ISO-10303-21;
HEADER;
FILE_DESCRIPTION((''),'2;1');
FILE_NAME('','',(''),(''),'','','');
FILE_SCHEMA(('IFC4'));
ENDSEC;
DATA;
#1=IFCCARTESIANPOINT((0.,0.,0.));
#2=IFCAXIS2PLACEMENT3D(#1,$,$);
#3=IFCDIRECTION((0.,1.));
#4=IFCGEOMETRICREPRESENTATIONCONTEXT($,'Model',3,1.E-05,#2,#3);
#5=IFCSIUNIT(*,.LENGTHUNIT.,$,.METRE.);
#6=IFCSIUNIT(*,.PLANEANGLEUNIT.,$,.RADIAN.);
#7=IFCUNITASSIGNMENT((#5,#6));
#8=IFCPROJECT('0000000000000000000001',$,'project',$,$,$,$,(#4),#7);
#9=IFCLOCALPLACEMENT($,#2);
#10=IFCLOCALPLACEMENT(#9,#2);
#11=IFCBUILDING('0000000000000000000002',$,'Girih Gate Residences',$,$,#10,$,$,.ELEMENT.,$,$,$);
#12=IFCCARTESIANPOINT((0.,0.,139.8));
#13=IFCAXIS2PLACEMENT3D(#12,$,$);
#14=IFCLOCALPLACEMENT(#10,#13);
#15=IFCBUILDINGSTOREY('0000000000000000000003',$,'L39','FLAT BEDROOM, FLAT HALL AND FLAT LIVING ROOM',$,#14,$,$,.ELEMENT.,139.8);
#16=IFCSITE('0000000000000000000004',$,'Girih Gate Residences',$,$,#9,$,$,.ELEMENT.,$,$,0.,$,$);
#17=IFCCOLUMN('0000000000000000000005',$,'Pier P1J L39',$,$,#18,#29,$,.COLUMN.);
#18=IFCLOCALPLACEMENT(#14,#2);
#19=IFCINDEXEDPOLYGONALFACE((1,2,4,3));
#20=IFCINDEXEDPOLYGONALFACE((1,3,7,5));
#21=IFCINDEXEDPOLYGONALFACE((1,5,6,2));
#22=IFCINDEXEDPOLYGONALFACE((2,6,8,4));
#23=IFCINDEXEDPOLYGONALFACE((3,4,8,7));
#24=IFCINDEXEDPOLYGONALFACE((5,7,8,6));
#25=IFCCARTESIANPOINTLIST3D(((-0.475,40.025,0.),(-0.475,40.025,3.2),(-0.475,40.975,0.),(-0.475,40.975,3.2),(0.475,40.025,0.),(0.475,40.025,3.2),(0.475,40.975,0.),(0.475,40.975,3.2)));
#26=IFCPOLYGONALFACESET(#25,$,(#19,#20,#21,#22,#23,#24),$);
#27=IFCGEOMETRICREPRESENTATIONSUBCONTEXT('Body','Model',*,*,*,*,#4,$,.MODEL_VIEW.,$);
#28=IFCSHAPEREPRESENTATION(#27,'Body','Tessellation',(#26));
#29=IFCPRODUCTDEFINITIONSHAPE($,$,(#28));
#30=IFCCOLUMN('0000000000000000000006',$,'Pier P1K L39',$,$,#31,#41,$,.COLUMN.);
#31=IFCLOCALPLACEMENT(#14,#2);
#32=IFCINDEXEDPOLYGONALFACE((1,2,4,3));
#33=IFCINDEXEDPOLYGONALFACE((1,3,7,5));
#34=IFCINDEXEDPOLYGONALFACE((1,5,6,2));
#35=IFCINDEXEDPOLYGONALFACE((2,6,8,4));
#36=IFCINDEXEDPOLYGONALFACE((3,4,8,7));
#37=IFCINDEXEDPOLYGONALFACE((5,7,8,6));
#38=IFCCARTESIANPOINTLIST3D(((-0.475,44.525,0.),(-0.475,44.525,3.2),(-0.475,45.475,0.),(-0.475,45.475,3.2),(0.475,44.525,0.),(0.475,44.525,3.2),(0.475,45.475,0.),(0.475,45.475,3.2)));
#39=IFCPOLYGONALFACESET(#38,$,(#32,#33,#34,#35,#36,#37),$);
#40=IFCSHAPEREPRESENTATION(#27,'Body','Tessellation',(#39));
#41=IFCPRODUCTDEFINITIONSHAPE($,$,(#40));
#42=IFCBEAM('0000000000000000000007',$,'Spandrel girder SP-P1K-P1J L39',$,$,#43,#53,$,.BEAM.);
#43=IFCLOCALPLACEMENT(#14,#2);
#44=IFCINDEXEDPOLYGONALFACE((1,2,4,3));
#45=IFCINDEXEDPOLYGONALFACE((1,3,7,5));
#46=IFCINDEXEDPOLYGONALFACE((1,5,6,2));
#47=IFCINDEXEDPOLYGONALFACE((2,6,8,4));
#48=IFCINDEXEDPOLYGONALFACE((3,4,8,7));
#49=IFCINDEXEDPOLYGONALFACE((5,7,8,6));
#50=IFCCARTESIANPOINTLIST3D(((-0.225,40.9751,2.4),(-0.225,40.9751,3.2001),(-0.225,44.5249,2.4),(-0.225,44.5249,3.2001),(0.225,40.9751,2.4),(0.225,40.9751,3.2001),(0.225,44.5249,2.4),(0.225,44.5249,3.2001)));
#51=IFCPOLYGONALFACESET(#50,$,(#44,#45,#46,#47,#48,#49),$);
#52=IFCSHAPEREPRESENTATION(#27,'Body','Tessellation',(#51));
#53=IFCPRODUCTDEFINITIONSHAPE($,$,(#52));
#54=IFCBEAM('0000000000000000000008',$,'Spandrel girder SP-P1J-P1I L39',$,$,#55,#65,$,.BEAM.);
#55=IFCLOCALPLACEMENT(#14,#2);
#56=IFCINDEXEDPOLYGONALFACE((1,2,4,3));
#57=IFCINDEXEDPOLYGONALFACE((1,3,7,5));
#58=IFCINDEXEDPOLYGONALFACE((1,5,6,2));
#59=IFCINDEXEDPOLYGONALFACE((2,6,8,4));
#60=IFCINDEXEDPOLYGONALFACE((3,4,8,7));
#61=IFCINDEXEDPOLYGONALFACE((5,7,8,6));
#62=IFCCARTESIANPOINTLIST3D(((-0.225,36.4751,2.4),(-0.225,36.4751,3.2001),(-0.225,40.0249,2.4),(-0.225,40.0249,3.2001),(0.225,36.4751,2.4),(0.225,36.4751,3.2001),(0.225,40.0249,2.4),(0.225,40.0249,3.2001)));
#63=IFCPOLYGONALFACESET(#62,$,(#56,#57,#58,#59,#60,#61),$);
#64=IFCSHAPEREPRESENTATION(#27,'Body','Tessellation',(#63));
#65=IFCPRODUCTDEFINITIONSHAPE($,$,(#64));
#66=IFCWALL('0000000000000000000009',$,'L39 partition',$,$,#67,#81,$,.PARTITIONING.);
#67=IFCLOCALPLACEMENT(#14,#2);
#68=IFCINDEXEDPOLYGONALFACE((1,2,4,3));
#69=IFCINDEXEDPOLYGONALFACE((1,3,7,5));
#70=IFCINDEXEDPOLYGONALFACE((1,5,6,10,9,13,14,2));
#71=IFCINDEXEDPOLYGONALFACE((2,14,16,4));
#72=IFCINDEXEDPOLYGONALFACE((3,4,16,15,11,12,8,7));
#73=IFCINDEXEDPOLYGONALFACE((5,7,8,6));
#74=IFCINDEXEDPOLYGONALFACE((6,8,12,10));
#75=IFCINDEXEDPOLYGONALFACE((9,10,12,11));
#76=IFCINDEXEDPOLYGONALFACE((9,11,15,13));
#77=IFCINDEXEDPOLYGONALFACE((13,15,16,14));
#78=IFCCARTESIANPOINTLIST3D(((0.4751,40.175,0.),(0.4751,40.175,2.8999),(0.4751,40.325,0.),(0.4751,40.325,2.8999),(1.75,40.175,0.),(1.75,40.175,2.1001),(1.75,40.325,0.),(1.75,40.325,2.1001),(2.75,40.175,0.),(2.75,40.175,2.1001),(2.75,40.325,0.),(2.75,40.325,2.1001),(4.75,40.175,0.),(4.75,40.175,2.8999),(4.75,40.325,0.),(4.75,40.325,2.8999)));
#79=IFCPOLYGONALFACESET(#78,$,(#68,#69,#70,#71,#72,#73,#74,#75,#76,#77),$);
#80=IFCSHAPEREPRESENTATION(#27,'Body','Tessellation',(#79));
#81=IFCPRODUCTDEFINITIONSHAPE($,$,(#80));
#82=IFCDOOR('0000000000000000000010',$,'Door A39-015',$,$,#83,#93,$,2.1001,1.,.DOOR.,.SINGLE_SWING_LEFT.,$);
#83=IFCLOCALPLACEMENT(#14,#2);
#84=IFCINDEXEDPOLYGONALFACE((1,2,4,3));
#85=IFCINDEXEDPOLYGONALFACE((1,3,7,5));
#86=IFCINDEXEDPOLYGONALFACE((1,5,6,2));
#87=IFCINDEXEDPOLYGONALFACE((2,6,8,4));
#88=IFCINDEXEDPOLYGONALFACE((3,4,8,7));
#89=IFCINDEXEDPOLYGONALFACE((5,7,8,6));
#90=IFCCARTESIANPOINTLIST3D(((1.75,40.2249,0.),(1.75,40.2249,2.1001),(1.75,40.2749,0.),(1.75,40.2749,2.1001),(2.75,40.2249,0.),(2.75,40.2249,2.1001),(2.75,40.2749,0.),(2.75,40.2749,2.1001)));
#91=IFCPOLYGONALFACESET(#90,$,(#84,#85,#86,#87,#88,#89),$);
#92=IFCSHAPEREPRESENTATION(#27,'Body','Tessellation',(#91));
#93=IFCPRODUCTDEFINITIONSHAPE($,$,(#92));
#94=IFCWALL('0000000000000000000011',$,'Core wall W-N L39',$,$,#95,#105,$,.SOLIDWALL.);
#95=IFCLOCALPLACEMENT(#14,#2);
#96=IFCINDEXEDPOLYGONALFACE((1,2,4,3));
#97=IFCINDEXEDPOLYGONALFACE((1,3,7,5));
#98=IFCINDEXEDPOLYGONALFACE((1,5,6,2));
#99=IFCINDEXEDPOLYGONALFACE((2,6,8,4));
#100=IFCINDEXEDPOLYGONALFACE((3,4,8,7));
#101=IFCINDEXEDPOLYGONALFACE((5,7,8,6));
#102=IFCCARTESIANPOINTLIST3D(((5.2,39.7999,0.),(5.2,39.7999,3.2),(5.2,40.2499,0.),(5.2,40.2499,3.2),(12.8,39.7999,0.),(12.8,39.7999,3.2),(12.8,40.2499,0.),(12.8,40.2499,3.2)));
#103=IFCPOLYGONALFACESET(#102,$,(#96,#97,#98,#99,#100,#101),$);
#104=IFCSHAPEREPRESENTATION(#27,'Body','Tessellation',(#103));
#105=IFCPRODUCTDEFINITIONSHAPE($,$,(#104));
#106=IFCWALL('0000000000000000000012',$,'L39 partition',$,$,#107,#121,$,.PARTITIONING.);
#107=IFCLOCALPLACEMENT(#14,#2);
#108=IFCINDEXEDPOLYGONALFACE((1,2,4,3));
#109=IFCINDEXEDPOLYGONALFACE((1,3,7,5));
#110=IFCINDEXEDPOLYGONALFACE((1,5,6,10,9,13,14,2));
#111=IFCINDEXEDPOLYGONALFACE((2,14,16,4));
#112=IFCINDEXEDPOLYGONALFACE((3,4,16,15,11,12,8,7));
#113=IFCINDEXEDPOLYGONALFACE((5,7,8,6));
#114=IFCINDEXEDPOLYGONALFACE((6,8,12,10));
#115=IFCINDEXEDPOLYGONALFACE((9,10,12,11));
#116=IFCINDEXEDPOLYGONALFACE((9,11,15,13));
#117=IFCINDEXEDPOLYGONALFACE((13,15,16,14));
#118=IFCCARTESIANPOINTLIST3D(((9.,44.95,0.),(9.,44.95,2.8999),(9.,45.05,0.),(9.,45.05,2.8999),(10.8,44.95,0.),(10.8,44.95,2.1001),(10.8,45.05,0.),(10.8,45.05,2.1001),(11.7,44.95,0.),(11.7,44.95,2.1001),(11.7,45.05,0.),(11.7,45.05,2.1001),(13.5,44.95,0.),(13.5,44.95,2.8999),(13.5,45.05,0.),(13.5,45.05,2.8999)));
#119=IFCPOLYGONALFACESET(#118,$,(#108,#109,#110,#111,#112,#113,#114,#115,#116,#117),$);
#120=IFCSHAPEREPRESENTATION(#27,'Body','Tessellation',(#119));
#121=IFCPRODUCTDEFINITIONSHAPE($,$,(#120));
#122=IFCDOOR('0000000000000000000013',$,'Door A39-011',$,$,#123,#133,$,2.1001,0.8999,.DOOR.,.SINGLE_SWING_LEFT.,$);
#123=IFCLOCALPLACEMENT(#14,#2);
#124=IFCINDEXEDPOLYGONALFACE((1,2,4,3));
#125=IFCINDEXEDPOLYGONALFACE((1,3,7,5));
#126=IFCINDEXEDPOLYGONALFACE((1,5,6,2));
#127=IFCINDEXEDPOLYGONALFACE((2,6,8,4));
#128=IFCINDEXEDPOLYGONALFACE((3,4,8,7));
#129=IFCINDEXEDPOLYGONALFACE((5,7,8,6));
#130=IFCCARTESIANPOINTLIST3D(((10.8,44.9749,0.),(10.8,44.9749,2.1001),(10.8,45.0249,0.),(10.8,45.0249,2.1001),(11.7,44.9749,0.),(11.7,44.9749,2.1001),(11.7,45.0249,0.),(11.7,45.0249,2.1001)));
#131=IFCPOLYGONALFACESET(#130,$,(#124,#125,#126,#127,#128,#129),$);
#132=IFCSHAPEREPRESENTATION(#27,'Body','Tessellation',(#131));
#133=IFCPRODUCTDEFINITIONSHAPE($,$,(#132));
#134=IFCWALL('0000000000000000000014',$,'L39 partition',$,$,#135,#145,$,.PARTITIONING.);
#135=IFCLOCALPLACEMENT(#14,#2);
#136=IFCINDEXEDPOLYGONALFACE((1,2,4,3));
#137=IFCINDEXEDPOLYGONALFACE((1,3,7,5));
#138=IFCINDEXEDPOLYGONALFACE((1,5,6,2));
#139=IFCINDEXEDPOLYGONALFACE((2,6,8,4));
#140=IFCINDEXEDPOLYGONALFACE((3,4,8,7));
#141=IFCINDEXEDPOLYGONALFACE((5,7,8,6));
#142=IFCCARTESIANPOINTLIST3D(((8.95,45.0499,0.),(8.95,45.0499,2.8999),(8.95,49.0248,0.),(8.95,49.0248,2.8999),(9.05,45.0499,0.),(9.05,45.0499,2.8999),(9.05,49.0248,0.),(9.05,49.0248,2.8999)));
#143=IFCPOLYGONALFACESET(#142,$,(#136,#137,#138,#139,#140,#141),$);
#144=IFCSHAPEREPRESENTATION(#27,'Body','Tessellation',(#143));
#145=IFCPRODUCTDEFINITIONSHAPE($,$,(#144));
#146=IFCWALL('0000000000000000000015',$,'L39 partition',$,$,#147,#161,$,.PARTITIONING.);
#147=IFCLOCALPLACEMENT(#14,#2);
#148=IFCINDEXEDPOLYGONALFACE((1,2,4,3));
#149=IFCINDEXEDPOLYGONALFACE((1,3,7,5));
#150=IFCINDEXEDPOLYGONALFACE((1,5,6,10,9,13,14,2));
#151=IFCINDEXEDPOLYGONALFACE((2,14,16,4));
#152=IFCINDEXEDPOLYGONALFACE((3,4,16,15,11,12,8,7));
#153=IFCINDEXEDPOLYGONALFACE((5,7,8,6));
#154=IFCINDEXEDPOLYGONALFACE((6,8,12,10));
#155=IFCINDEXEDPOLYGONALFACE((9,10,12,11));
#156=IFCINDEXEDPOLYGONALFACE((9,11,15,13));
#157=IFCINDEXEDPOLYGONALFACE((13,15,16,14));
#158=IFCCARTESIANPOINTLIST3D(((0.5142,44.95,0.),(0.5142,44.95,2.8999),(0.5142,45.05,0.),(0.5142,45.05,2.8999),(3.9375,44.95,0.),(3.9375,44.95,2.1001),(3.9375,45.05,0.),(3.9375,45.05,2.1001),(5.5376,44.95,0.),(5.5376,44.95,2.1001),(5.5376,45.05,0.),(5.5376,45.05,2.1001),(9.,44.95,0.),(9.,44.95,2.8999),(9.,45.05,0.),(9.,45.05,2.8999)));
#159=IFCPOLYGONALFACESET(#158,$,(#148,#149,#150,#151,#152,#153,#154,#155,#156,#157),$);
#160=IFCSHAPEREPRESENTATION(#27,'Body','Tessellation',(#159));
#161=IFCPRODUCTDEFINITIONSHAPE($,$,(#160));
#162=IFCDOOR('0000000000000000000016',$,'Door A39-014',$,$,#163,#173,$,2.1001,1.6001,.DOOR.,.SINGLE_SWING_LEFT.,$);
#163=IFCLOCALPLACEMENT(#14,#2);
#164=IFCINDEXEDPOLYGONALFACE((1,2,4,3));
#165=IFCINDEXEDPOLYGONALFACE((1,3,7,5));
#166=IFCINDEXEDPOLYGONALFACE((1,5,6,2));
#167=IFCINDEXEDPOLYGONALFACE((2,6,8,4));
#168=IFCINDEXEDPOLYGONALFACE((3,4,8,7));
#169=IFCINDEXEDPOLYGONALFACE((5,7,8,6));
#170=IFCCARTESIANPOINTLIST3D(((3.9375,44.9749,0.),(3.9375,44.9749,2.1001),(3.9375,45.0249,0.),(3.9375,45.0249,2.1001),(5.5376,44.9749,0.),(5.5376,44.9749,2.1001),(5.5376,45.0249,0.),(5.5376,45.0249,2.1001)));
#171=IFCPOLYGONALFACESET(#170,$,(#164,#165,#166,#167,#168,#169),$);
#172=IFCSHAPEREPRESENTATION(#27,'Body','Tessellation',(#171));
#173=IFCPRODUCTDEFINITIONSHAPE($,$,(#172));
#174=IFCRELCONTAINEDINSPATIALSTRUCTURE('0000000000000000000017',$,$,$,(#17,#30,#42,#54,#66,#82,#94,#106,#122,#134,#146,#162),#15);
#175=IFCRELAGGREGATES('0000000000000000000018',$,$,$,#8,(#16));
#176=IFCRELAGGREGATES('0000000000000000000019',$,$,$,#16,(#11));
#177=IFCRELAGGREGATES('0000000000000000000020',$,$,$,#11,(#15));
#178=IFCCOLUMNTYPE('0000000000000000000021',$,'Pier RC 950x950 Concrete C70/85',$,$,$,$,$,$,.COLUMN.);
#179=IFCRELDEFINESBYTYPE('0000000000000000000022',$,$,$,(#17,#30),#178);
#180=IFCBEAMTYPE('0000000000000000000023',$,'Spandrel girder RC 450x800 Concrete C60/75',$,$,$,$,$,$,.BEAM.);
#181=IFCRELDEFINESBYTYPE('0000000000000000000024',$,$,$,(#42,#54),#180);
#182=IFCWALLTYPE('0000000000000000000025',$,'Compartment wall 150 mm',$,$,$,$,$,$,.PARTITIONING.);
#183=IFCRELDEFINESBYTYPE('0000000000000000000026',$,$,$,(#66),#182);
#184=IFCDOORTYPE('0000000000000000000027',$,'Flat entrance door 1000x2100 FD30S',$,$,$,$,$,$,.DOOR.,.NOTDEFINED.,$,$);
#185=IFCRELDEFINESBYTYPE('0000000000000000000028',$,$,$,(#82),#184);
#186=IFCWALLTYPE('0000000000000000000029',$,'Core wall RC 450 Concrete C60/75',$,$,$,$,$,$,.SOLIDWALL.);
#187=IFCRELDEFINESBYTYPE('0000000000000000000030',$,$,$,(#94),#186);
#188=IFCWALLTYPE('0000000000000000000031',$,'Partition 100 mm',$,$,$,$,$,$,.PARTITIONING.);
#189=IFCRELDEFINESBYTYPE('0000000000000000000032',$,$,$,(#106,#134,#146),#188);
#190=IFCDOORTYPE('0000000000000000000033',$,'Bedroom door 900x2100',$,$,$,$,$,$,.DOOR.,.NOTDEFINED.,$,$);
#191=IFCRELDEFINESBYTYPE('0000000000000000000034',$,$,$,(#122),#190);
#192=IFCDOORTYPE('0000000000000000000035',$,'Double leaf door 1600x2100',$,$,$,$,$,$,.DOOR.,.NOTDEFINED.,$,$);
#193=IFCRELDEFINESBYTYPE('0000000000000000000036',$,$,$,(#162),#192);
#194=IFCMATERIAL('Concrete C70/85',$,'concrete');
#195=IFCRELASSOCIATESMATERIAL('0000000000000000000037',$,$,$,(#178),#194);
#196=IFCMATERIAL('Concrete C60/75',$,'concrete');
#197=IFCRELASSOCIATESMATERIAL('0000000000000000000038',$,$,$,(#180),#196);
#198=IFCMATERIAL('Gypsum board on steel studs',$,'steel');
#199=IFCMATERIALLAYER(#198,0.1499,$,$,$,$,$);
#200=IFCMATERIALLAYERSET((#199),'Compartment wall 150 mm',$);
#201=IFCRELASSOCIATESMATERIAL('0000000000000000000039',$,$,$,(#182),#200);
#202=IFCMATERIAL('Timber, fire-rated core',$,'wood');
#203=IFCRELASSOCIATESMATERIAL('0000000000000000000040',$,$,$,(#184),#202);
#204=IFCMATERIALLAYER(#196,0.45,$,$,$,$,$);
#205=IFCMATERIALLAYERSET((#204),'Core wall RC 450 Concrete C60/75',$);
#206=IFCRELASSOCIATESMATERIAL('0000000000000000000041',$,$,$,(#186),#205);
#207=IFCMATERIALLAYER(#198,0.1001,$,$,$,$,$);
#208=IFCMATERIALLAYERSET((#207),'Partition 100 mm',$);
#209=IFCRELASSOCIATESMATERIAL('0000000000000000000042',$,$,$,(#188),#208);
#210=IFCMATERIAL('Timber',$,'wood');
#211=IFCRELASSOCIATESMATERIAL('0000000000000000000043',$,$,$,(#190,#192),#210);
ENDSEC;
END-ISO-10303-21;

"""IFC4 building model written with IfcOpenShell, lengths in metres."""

from ifc_helpers import new_model, si_unit, direction, frame, frame_2d, origin, origin_2d, place, context, subcontext, project, spatial, rectangle, extrude, material, layer, layer_set, material_profile, profile_set, type_object, element, fill, save


model = new_model("IFC4")

# Units and contexts
model_context = context("Model", 3, precision=1e-05, world=origin(), true_north=direction((0.0, 1.0)))
body_context = subcontext(model_context, "Body", "Model", "MODEL_VIEW")
ifc_project = project(units=[si_unit("LENGTHUNIT", "METRE"), si_unit("PLANEANGLEUNIT", "RADIAN")], contexts=[model_context])

# Site, building, storey
site_placement = place(None, origin())
site = spatial("IfcSite", under=ifc_project, at=site_placement, Name="Girih Gate Residences", CompositionType="ELEMENT", RefElevation=0.0)
building_placement = place(site_placement, origin())
building = spatial("IfcBuilding", under=site, at=building_placement, Name="Girih Gate Residences", CompositionType="ELEMENT")
storey_placement = place(building_placement, frame((0.0, 0.0, 139.8)))
storey = spatial("IfcBuildingStorey", under=building, at=storey_placement, Name="L39", Description="FLAT BEDROOM, FLAT HALL AND FLAT LIVING ROOM", CompositionType="ELEMENT", Elevation=139.8)

# Columns
ifc_material_1 = material(Name="Concrete C70/85", Category="concrete")
ifc_material_profile_1 = material_profile(ifc_material_1, rectangle(XDim=0.95, YDim=0.95, at=origin_2d()))
ifc_profile_set_1 = profile_set([ifc_material_profile_1], Name="Concrete C70/85")
column_type = type_object("IfcColumnType", Name="Pier RC 950x950 Concrete C70/85", PredefinedType="COLUMN", material=ifc_profile_set_1)
for number, where, z_axis, x_axis, name in (
    (1, (0.0, 40.5, 0.0), (0.0, 0.0, 1.0), (1.0, 0.0, 0.0), "Pier P1J L39"),
    (2, (0.0, 45.0, 0.0), (0.0, 0.0, 1.0), (1.0, 0.0, 0.0), "Pier P1K L39"),
):
    element("IfcColumn", number, at=place(storey_placement, frame(where, z_axis=z_axis, x_axis=x_axis)), inside=storey, type_object=column_type, Name=name, PredefinedType="COLUMN", context=body_context, shape_type="SweptSolid", body=[
        extrude(rectangle(XDim=0.95, YDim=0.95, at=origin_2d()), origin(), (0.0, 0.0, 1.0), 3.2),
    ])

# Beams
ifc_material_2 = material(Name="Concrete C60/75", Category="concrete")
ifc_material_profile_2 = material_profile(ifc_material_2, rectangle(XDim=0.45, YDim=0.8, at=origin_2d()))
ifc_profile_set_2 = profile_set([ifc_material_profile_2], Name="Concrete C60/75")
beam_type = type_object("IfcBeamType", Name="Spandrel girder RC 450x800 Concrete C60/75", PredefinedType="BEAM", material=ifc_profile_set_2)
for number, where, z_axis, x_axis, name in (
    (3, (0.0, 44.5249, 2.8), (0.0, -1.0, 0.0), (1.0, 0.0, 0.0), "Spandrel girder SP-P1K-P1J L39"),
    (4, (0.0, 40.0249, 2.8), (0.0, -1.0, 0.0), (1.0, 0.0, 0.0), "Spandrel girder SP-P1J-P1I L39"),
):
    element("IfcBeam", number, at=place(storey_placement, frame(where, z_axis=z_axis, x_axis=x_axis)), inside=storey, type_object=beam_type, Name=name, PredefinedType="BEAM", context=body_context, shape_type="SweptSolid", body=[
        extrude(rectangle(XDim=0.45, YDim=0.8, at=origin_2d()), origin(), (0.0, 0.0, 1.0), 3.5498),
    ])

# Wall, opening, door
ifc_material_3 = material(Name="Gypsum board on steel studs", Category="steel")
ifc_layer_1 = layer(ifc_material_3, 0.1499)
ifc_layer_set_1 = layer_set([ifc_layer_1], Name="Compartment wall 150 mm")
wall_type_1 = type_object("IfcWallType", Name="Compartment wall 150 mm", PredefinedType="PARTITIONING", material=ifc_layer_set_1)
wall_1_placement = place(storey_placement, frame((0.4751, 40.25, 0.0), z_axis=(0.0, 0.0, 1.0), x_axis=(1.0, 0.0, 0.0)))
wall_1 = element("IfcWall", 5, at=wall_1_placement, inside=storey, type_object=wall_type_1, Name="L39 partition", PredefinedType="PARTITIONING", context=body_context, shape_type="SweptSolid", body=[
    extrude(rectangle(XDim=4.2749, YDim=0.1499, at=frame_2d((2.1375, 0.0))), origin(), (0.0, 0.0, 1.0), 2.8999),
])
opening_1_placement = place(wall_1_placement, frame((1.2749, 0.0, 0.0)))
opening_1 = element("IfcOpeningElement", 6, at=opening_1_placement, cuts=wall_1, PredefinedType="OPENING", context=body_context, shape_type="SweptSolid", body=[
    extrude(rectangle(XDim=1.0, YDim=2.1001, at=frame_2d((0.5, 1.05))), frame((0.0, 0.085, 0.0), z_axis=(0.0, -1.0, 0.0), x_axis=(1.0, 0.0, 0.0)), (0.0, 0.0, 1.0), 0.1699),
])
ifc_material_4 = material(Name="Timber, fire-rated core", Category="wood")
door_type_1 = type_object("IfcDoorType", Name="Flat entrance door 1000x2100 FD30S", OperationType="NOTDEFINED", PredefinedType="DOOR", material=ifc_material_4)
door_1_placement = place(opening_1_placement, origin())
door_1 = element("IfcDoor", 7, at=door_1_placement, inside=storey, type_object=door_type_1, Name="Door A39-015", OperationType="SINGLE_SWING_LEFT", OverallHeight=2.1001, OverallWidth=1.0, PredefinedType="DOOR", context=body_context, shape_type="SweptSolid", body=[
    extrude(rectangle(XDim=1.0, YDim=2.1001, at=frame_2d((0.5, 1.05))), frame((0.0, 0.0249, 0.0), z_axis=(0.0, -1.0, 0.0), x_axis=(1.0, 0.0, 0.0)), (0.0, 0.0, 1.0), 0.05),
])
fill(opening_1, door_1)

# Wall
ifc_layer_2 = layer(ifc_material_2, 0.45)
ifc_layer_set_2 = layer_set([ifc_layer_2], Name="Core wall RC 450 Concrete C60/75")
wall_type_2 = type_object("IfcWallType", Name="Core wall RC 450 Concrete C60/75", PredefinedType="SOLIDWALL", material=ifc_layer_set_2)
wall_2_placement = place(storey_placement, frame((5.2, 40.0249, 0.0), z_axis=(0.0, 0.0, 1.0), x_axis=(1.0, 0.0, 0.0)))
element("IfcWall", 8, at=wall_2_placement, inside=storey, type_object=wall_type_2, Name="Core wall W-N L39", PredefinedType="SOLIDWALL", context=body_context, shape_type="SweptSolid", body=[
    extrude(rectangle(XDim=7.6001, YDim=0.45, at=frame_2d((3.8, 0.0))), origin(), (0.0, 0.0, 1.0), 3.2),
])

# Wall, opening, door
ifc_layer_3 = layer(ifc_material_3, 0.1001)
ifc_layer_set_3 = layer_set([ifc_layer_3], Name="Partition 100 mm")
wall_type_3 = type_object("IfcWallType", Name="Partition 100 mm", PredefinedType="PARTITIONING", material=ifc_layer_set_3)
wall_3_placement = place(storey_placement, frame((9.0, 45.0, 0.0), z_axis=(0.0, 0.0, 1.0), x_axis=(1.0, 0.0, 0.0)))
wall_3 = element("IfcWall", 9, at=wall_3_placement, inside=storey, type_object=wall_type_3, Name="L39 partition", PredefinedType="PARTITIONING", context=body_context, shape_type="SweptSolid", body=[
    extrude(rectangle(XDim=4.5, YDim=0.1001, at=frame_2d((2.25, 0.0))), origin(), (0.0, 0.0, 1.0), 2.8999),
])
opening_2_placement = place(wall_3_placement, frame((1.8, 0.0, 0.0)))
opening_2 = element("IfcOpeningElement", 10, at=opening_2_placement, cuts=wall_3, PredefinedType="OPENING", context=body_context, shape_type="SweptSolid", body=[
    extrude(rectangle(XDim=0.8999, YDim=2.1001, at=frame_2d((0.45, 1.05))), frame((0.0, 0.0601, 0.0), z_axis=(0.0, -1.0, 0.0), x_axis=(1.0, 0.0, 0.0)), (0.0, 0.0, 1.0), 0.1201),
])
ifc_material_5 = material(Name="Timber", Category="wood")
door_type_2 = type_object("IfcDoorType", Name="Bedroom door 900x2100", OperationType="NOTDEFINED", PredefinedType="DOOR", material=ifc_material_5)
door_2_placement = place(opening_2_placement, origin())
door_2 = element("IfcDoor", 11, at=door_2_placement, inside=storey, type_object=door_type_2, Name="Door A39-011", OperationType="SINGLE_SWING_LEFT", OverallHeight=2.1001, OverallWidth=0.8999, PredefinedType="DOOR", context=body_context, shape_type="SweptSolid", body=[
    extrude(rectangle(XDim=0.8999, YDim=2.1001, at=frame_2d((0.45, 1.05))), frame((0.0, 0.0249, 0.0), z_axis=(0.0, -1.0, 0.0), x_axis=(1.0, 0.0, 0.0)), (0.0, 0.0, 1.0), 0.05),
])
fill(opening_2, door_2)

# Wall
wall_4_placement = place(storey_placement, frame((9.0, 45.05, 0.0), z_axis=(0.0, 0.0, 1.0), x_axis=(0.0, 1.0, 0.0)))
element("IfcWall", 12, at=wall_4_placement, inside=storey, type_object=wall_type_3, Name="L39 partition", PredefinedType="PARTITIONING", context=body_context, shape_type="SweptSolid", body=[
    extrude(rectangle(XDim=3.9749, YDim=0.1001, at=frame_2d((1.9873, 0.0))), origin(), (0.0, 0.0, 1.0), 2.8999),
])

# Wall, opening, door
wall_5_placement = place(storey_placement, frame((0.5142, 45.0, 0.0), z_axis=(0.0, 0.0, 1.0), x_axis=(1.0, 0.0, 0.0)))
wall_5 = element("IfcWall", 13, at=wall_5_placement, inside=storey, type_object=wall_type_3, Name="L39 partition", PredefinedType="PARTITIONING", context=body_context, shape_type="SweptSolid", body=[
    extrude(rectangle(XDim=8.4858, YDim=0.1001, at=frame_2d((4.2429, 0.0))), origin(), (0.0, 0.0, 1.0), 2.8999),
])
opening_3_placement = place(wall_5_placement, frame((3.4233, 0.0, 0.0)))
opening_3 = element("IfcOpeningElement", 14, at=opening_3_placement, cuts=wall_5, PredefinedType="OPENING", context=body_context, shape_type="SweptSolid", body=[
    extrude(rectangle(XDim=1.6001, YDim=2.1001, at=frame_2d((0.8, 1.05))), frame((0.0, 0.0601, 0.0), z_axis=(0.0, -1.0, 0.0), x_axis=(1.0, 0.0, 0.0)), (0.0, 0.0, 1.0), 0.1201),
])
door_type_3 = type_object("IfcDoorType", Name="Double leaf door 1600x2100", OperationType="NOTDEFINED", PredefinedType="DOOR", material=ifc_material_5)
door_3_placement = place(opening_3_placement, origin())
door_3 = element("IfcDoor", 15, at=door_3_placement, inside=storey, type_object=door_type_3, Name="Door A39-014", OperationType="SINGLE_SWING_LEFT", OverallHeight=2.1001, OverallWidth=1.6001, PredefinedType="DOOR", context=body_context, shape_type="SweptSolid", body=[
    extrude(rectangle(XDim=1.6001, YDim=2.1001, at=frame_2d((0.8, 1.05))), frame((0.0, 0.0249, 0.0), z_axis=(0.0, -1.0, 0.0), x_axis=(1.0, 0.0, 0.0)), (0.0, 0.0, 1.0), 0.05),
])
fill(opening_3, door_3)

save(model, "model.ifc")
